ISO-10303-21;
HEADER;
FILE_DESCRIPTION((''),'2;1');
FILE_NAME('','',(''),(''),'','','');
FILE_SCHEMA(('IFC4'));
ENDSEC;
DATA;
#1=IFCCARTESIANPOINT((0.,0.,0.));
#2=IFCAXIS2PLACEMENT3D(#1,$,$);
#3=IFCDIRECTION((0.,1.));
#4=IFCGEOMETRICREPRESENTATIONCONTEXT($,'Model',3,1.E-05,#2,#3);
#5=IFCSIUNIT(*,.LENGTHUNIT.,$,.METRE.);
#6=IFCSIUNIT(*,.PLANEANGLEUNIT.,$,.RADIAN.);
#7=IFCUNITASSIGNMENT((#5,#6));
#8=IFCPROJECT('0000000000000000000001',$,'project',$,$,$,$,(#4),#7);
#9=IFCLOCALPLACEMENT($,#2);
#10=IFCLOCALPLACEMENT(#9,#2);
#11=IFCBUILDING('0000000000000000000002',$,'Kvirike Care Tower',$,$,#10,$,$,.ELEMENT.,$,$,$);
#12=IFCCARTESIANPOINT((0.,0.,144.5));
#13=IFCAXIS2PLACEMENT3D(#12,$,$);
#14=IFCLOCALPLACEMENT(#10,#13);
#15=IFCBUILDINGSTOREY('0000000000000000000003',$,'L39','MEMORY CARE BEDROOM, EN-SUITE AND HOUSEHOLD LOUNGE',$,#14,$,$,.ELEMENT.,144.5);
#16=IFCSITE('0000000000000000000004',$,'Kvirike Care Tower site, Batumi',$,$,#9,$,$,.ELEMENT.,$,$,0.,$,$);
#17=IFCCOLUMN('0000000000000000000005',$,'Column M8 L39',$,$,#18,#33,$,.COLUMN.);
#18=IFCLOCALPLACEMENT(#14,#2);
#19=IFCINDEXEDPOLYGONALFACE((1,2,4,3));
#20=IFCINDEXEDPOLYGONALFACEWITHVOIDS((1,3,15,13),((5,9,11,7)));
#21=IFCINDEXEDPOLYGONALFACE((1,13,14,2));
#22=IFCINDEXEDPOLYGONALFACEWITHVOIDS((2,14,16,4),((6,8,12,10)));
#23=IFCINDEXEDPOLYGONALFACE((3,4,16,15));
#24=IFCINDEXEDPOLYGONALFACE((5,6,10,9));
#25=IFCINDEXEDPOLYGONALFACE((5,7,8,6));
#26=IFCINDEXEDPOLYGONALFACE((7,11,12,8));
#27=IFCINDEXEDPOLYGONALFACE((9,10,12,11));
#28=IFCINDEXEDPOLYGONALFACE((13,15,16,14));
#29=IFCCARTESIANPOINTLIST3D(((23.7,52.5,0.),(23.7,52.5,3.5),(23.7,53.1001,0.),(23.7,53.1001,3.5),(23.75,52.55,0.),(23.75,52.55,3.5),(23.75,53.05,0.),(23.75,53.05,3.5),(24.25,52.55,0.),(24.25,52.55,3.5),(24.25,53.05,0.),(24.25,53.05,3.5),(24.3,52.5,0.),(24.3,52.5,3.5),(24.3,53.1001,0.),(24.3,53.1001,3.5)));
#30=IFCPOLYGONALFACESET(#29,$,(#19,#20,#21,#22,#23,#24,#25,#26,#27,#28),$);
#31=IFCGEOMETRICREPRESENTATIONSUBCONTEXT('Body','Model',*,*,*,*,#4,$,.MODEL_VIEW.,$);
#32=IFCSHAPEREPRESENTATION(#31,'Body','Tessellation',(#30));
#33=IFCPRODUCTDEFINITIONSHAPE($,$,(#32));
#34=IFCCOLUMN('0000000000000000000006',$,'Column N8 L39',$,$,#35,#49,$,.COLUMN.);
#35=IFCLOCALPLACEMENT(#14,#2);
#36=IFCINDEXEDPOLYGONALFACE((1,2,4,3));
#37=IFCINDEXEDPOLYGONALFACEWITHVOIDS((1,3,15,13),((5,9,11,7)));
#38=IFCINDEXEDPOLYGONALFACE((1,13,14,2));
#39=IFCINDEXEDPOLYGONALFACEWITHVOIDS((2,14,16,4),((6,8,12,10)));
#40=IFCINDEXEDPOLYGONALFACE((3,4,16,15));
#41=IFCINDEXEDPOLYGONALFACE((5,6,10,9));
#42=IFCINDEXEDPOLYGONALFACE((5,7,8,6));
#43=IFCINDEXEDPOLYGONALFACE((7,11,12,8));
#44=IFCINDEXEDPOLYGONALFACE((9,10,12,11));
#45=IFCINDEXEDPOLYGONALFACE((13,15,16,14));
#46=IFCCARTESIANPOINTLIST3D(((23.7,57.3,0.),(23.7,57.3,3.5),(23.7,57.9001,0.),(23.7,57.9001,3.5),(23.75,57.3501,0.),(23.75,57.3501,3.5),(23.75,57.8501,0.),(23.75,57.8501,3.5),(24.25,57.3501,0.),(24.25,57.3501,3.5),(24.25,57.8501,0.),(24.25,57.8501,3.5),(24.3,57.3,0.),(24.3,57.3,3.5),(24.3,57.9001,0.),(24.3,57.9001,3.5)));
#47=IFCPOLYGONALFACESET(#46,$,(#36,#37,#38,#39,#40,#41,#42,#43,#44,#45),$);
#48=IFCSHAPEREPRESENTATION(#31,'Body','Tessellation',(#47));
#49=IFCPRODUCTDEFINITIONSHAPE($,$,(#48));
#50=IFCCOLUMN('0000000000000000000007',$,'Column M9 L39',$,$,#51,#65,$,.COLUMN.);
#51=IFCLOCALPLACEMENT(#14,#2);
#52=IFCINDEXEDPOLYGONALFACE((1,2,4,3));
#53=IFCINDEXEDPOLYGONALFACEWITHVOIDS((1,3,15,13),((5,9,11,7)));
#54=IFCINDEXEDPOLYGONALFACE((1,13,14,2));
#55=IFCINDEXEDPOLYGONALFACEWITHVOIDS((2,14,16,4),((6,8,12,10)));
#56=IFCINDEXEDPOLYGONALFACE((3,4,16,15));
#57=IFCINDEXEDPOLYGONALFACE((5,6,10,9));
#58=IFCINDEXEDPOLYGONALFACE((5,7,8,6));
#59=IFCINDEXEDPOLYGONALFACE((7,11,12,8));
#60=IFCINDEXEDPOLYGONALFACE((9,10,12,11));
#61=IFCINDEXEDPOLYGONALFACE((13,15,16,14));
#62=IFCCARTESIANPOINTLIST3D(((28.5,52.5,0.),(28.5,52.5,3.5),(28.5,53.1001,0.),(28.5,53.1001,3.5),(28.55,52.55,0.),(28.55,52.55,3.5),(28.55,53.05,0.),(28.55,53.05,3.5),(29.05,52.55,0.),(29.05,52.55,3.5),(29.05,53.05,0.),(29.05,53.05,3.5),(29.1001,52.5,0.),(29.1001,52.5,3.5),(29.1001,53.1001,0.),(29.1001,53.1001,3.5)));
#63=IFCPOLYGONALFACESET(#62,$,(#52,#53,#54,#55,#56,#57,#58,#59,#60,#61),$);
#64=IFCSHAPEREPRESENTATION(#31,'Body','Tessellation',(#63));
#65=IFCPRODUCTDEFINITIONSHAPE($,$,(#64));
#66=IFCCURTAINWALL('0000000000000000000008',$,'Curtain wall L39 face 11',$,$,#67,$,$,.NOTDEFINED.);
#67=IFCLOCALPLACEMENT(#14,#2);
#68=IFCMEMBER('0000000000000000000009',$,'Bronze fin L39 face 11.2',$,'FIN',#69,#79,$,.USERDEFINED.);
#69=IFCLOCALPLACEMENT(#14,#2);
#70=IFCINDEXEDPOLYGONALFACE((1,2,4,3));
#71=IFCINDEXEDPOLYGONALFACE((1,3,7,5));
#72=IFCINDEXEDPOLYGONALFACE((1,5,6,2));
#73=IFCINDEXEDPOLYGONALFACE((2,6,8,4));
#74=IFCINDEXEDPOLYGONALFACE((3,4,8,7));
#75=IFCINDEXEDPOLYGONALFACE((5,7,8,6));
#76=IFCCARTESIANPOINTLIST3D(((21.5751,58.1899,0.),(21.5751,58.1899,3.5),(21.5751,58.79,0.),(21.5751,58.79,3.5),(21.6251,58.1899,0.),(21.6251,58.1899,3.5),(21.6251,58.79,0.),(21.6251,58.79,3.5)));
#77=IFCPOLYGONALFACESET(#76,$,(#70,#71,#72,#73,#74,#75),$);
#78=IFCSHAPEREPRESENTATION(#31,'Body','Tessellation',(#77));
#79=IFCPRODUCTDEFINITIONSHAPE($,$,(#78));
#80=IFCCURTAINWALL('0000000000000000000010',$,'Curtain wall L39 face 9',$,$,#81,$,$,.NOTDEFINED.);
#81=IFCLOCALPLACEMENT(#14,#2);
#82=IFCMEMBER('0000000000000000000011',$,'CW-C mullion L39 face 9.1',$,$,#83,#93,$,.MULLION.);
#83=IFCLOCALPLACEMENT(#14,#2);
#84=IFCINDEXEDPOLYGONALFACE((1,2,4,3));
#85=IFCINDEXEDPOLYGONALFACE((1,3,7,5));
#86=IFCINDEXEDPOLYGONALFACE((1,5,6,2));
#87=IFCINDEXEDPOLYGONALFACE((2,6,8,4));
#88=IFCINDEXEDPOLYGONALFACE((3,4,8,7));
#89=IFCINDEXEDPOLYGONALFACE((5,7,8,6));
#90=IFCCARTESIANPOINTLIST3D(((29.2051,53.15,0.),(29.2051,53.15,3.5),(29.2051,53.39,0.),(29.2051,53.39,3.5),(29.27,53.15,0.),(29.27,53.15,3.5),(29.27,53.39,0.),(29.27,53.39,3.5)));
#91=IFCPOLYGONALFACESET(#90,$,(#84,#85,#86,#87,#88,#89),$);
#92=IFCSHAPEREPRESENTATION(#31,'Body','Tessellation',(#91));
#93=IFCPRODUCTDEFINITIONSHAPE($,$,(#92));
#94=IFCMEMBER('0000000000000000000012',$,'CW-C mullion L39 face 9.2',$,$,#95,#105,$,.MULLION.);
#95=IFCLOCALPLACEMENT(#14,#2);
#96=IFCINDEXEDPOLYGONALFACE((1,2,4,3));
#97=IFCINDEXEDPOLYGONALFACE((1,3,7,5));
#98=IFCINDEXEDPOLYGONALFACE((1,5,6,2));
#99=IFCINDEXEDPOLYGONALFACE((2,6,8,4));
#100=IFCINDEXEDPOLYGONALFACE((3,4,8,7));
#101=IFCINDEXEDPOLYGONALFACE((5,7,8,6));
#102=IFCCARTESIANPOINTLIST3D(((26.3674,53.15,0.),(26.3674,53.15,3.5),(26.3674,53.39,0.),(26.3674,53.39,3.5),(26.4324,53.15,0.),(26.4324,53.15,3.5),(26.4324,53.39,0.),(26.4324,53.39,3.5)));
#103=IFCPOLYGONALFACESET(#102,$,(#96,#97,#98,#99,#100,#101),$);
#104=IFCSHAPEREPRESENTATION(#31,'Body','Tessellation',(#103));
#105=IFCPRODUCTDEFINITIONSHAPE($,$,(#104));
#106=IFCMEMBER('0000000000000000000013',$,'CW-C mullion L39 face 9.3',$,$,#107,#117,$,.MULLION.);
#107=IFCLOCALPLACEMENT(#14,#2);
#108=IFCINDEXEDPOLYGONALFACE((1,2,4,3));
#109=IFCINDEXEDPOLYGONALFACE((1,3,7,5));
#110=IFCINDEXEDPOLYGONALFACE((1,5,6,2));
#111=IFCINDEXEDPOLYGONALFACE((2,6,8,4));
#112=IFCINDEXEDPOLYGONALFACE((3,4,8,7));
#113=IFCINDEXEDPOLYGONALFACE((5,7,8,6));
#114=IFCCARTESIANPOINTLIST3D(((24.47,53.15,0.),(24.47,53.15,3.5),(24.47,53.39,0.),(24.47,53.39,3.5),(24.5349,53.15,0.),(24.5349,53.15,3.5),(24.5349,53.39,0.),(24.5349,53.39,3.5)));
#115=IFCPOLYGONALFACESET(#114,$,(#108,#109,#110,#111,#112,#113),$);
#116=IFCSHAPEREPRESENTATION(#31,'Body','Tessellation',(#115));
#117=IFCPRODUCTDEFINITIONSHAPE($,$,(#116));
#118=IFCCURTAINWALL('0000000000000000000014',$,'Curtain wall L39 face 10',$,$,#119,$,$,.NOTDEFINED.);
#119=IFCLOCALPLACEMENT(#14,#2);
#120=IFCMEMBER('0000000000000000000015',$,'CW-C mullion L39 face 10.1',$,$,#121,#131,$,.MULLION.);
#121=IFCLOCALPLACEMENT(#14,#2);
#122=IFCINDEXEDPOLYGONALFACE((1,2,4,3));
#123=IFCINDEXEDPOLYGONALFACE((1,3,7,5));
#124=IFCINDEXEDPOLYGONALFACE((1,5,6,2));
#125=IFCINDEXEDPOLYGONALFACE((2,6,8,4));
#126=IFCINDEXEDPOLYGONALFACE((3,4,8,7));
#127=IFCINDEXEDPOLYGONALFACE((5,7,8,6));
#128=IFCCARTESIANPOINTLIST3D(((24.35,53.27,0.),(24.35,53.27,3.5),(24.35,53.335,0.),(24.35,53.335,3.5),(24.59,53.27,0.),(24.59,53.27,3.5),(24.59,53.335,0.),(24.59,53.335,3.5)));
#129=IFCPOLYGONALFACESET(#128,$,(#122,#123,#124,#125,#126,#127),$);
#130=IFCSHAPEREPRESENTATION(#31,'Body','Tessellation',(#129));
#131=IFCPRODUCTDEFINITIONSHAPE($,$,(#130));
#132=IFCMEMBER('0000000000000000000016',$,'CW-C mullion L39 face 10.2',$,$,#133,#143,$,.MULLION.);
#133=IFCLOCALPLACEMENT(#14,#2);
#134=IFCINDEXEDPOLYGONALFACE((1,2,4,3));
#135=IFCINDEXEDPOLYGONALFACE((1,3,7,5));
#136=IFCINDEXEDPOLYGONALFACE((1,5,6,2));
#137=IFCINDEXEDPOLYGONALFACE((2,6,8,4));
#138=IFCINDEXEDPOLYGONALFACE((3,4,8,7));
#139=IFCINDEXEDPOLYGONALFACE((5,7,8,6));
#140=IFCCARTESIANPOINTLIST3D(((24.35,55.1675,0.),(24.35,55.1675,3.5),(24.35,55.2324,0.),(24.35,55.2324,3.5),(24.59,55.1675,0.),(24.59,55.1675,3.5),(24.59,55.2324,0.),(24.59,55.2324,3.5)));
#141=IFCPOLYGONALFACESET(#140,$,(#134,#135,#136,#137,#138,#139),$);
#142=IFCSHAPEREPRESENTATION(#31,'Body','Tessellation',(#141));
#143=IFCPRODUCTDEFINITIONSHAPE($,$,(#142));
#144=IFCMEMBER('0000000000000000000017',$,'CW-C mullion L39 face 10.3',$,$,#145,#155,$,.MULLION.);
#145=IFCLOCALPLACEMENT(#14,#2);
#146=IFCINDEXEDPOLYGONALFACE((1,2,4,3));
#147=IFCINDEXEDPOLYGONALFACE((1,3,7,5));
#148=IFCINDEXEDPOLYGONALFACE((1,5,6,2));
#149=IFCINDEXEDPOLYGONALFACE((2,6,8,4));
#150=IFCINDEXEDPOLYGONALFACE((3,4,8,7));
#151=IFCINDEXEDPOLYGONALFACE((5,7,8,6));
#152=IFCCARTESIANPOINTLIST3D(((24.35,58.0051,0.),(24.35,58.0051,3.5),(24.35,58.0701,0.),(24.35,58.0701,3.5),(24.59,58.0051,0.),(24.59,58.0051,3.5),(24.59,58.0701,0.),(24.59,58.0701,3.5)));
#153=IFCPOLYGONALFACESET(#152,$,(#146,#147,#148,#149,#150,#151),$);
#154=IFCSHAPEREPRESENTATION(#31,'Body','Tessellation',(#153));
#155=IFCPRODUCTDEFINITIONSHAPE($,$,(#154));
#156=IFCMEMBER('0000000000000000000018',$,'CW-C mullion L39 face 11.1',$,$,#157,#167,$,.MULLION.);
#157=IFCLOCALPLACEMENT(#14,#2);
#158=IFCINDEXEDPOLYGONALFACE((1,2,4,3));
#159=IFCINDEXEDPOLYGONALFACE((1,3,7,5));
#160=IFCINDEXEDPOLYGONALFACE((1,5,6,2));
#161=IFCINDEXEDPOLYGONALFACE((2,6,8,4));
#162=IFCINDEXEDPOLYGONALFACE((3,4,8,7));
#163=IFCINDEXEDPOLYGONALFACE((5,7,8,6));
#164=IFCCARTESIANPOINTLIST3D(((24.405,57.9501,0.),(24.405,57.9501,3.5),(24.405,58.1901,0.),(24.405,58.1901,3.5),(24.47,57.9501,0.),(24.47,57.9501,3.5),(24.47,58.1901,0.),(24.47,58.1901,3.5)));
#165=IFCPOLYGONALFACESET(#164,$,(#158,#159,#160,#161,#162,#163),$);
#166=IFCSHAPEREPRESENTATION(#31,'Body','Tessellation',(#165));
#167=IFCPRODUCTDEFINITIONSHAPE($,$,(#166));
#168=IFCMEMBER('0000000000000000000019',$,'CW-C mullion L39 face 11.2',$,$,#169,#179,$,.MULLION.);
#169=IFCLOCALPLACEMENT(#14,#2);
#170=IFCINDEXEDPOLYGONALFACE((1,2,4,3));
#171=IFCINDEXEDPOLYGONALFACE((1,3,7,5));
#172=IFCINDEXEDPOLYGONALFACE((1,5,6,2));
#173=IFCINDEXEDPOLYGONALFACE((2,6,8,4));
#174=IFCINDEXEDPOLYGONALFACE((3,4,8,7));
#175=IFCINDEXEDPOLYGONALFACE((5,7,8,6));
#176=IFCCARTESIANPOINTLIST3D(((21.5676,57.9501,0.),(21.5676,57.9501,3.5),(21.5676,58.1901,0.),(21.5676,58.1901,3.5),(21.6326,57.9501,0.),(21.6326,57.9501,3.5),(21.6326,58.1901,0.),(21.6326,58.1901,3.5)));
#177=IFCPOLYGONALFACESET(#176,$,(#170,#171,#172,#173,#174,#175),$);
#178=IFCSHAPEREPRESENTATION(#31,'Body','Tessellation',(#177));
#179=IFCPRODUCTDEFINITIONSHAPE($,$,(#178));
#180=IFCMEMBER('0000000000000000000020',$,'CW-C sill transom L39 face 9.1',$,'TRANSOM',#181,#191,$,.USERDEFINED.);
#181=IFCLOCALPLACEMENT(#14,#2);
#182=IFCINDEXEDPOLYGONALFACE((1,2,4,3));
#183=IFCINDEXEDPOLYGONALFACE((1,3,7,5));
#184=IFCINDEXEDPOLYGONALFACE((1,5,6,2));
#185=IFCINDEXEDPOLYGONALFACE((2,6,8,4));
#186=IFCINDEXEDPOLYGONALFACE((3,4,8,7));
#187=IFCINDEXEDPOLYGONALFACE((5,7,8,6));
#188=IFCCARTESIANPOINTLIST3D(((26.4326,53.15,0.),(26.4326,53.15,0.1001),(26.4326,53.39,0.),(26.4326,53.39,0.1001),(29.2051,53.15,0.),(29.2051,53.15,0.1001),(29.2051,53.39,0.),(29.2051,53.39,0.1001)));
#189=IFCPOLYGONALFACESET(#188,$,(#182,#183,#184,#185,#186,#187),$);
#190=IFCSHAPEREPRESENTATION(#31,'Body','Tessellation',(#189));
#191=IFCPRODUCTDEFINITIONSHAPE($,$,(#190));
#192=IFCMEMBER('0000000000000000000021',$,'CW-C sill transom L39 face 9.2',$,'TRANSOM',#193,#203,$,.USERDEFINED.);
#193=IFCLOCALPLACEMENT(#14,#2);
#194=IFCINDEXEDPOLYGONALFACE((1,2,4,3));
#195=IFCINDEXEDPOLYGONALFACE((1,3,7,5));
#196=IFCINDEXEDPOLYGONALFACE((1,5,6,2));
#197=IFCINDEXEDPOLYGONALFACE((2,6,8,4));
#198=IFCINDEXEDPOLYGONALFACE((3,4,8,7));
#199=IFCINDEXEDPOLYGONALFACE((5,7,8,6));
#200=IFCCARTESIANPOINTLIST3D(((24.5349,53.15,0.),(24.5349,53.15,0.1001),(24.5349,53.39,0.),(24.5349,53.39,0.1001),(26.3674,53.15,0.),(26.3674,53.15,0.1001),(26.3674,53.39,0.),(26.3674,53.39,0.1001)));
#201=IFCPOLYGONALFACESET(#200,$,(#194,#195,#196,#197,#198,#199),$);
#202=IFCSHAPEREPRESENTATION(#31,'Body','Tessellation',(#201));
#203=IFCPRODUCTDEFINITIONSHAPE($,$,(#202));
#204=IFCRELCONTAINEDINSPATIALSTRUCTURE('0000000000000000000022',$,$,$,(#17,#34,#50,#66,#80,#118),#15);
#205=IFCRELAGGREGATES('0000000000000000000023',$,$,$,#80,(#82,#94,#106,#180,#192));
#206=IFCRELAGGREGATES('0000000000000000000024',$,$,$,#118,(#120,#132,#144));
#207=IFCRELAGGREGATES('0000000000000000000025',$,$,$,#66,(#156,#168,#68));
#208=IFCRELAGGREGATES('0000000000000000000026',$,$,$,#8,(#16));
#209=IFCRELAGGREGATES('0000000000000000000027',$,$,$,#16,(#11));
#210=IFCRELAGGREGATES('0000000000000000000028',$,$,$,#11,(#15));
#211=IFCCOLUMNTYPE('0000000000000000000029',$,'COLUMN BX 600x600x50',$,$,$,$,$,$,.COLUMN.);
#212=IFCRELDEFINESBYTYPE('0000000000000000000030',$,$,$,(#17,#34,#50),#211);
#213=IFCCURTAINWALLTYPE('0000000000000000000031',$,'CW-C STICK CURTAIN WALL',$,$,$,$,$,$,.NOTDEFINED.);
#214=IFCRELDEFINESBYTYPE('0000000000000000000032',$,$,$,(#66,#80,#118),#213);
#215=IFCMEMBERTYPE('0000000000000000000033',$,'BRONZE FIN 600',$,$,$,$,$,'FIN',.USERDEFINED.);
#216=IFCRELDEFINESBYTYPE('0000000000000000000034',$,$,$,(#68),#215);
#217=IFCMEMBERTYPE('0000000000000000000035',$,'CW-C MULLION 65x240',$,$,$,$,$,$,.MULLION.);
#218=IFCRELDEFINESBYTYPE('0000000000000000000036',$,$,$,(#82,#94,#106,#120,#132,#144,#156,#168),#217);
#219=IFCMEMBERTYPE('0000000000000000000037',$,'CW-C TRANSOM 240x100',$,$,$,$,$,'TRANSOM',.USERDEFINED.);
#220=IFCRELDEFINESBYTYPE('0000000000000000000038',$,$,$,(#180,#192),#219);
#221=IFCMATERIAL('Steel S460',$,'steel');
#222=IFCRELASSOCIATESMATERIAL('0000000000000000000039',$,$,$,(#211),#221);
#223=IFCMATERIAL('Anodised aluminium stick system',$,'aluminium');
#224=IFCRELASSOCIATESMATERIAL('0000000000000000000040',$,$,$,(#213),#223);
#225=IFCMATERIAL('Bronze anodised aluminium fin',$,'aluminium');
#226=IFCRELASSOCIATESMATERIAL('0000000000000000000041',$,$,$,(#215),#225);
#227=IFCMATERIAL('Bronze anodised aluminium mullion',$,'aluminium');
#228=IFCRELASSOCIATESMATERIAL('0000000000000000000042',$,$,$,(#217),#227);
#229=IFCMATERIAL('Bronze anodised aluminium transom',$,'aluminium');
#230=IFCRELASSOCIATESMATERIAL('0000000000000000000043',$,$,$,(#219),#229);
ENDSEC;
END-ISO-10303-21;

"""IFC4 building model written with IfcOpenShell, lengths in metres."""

from ifc_helpers import new_model, si_unit, direction, frame, origin, origin_2d, place, context, subcontext, project, spatial, rectangle, hollow_rectangle, extrude, material, material_profile, profile_set, type_object, element, aggregate, save


model = new_model("IFC4")

# Units and contexts
model_context = context("Model", 3, precision=1e-05, world=origin(), true_north=direction((0.0, 1.0)))
body_context = subcontext(model_context, "Body", "Model", "MODEL_VIEW")
ifc_project = project(units=[si_unit("LENGTHUNIT", "METRE"), si_unit("PLANEANGLEUNIT", "RADIAN")], contexts=[model_context])

# Site, building, storey
site_placement = place(None, origin())
site = spatial("IfcSite", under=ifc_project, at=site_placement, Name="Kvirike Care Tower site, Batumi", CompositionType="ELEMENT", RefElevation=0.0)
building_placement = place(site_placement, origin())
building = spatial("IfcBuilding", under=site, at=building_placement, Name="Kvirike Care Tower", CompositionType="ELEMENT")
storey_placement = place(building_placement, frame((0.0, 0.0, 144.5)))
storey = spatial("IfcBuildingStorey", under=building, at=storey_placement, Name="L39", Description="MEMORY CARE BEDROOM, EN-SUITE AND HOUSEHOLD LOUNGE", CompositionType="ELEMENT", Elevation=144.5)

# Columns
ifc_material_1 = material(Name="Steel S460", Category="steel")
ifc_material_profile_1 = material_profile(ifc_material_1, hollow_rectangle(XDim=0.6001, YDim=0.6001, WallThickness=0.05, at=origin_2d()), Name="BX 600x600x50")
ifc_profile_set_1 = profile_set([ifc_material_profile_1], Name="Steel S460")
column_type = type_object("IfcColumnType", Name="COLUMN BX 600x600x50", PredefinedType="COLUMN", material=ifc_profile_set_1)
for number, where, z_axis, x_axis, name in (
    (1, (24.0, 52.8, 0.0), (0.0, 0.0, 1.0), (0.0, 1.0, 0.0), "Column M8 L39"),
    (2, (24.0, 57.6001, 0.0), (0.0, 0.0, 1.0), (0.0, 1.0, 0.0), "Column N8 L39"),
    (3, (28.8, 52.8, 0.0), (0.0, 0.0, 1.0), (0.0, 1.0, 0.0), "Column M9 L39"),
):
    element("IfcColumn", number, at=place(storey_placement, frame(where, z_axis=z_axis, x_axis=x_axis)), inside=storey, type_object=column_type, Name=name, PredefinedType="COLUMN", context=body_context, shape_type="SweptSolid", body=[
        extrude(hollow_rectangle(XDim=0.6001, YDim=0.6001, WallThickness=0.05, at=origin_2d()), origin(), (0.0, 0.0, 1.0), 3.5),
    ])

# Curtain wall, member
ifc_material_2 = material(Name="Anodised aluminium stick system", Category="aluminium")
curtain_wall_type = type_object("IfcCurtainWallType", Name="CW-C STICK CURTAIN WALL", PredefinedType="NOTDEFINED", material=ifc_material_2)
curtain_wall_1_placement = place(storey_placement, origin())
curtain_wall_1 = element("IfcCurtainWall", 4, at=curtain_wall_1_placement, inside=storey, type_object=curtain_wall_type, Name="Curtain wall L39 face 11", PredefinedType="NOTDEFINED")
ifc_material_3 = material(Name="Bronze anodised aluminium fin", Category="aluminium")
ifc_material_profile_2 = material_profile(ifc_material_3, rectangle(XDim=0.05, YDim=0.6001, at=origin_2d()), Name="BRONZE FIN 600")
ifc_profile_set_2 = profile_set([ifc_material_profile_2], Name="Bronze anodised aluminium fin")
member_type_1 = type_object("IfcMemberType", Name="BRONZE FIN 600", ElementType="FIN", PredefinedType="USERDEFINED", material=ifc_profile_set_2)
member_1_placement = place(storey_placement, frame((21.6001, 58.49, 0.0), z_axis=(0.0, 0.0, 1.0), x_axis=(-1.0, 0.0, 0.0)))
member_1 = element("IfcMember", 5, at=member_1_placement, type_object=member_type_1, Name="Bronze fin L39 face 11.2", ObjectType="FIN", PredefinedType="USERDEFINED", context=body_context, shape_type="SweptSolid", body=[
    extrude(rectangle(XDim=0.05, YDim=0.6001, at=origin_2d()), origin(), (0.0, 0.0, 1.0), 3.5),
])

# Curtain walls, members
curtain_wall_2_placement = place(storey_placement, origin())
curtain_wall_2 = element("IfcCurtainWall", 6, at=curtain_wall_2_placement, inside=storey, type_object=curtain_wall_type, Name="Curtain wall L39 face 9", PredefinedType="NOTDEFINED")
ifc_material_4 = material(Name="Bronze anodised aluminium mullion", Category="aluminium")
ifc_material_profile_3 = material_profile(ifc_material_4, rectangle(XDim=0.0649, YDim=0.24, at=origin_2d()), Name="CW-C MULLION 65x240")
ifc_profile_set_3 = profile_set([ifc_material_profile_3], Name="Bronze anodised aluminium mullion")
member_type_2 = type_object("IfcMemberType", Name="CW-C MULLION 65x240", PredefinedType="MULLION", material=ifc_profile_set_3)
member_2_placement = place(storey_placement, frame((29.2375, 53.27, 0.0), z_axis=(0.0, 0.0, 1.0), x_axis=(-1.0, 0.0, 0.0)))
member_2 = element("IfcMember", 7, at=member_2_placement, type_object=member_type_2, Name="CW-C mullion L39 face 9.1", PredefinedType="MULLION", context=body_context, shape_type="SweptSolid", body=[
    extrude(rectangle(XDim=0.0649, YDim=0.24, at=origin_2d()), origin(), (0.0, 0.0, 1.0), 3.5),
])
member_3_placement = place(storey_placement, frame((26.3999, 53.27, 0.0), z_axis=(0.0, 0.0, 1.0), x_axis=(-1.0, 0.0, 0.0)))
member_3 = element("IfcMember", 8, at=member_3_placement, type_object=member_type_2, Name="CW-C mullion L39 face 9.2", PredefinedType="MULLION", context=body_context, shape_type="SweptSolid", body=[
    extrude(rectangle(XDim=0.0649, YDim=0.24, at=origin_2d()), origin(), (0.0, 0.0, 1.0), 3.5),
])
member_4_placement = place(storey_placement, frame((24.5024, 53.27, 0.0), z_axis=(0.0, 0.0, 1.0), x_axis=(-1.0, 0.0, 0.0)))
member_4 = element("IfcMember", 9, at=member_4_placement, type_object=member_type_2, Name="CW-C mullion L39 face 9.3", PredefinedType="MULLION", context=body_context, shape_type="SweptSolid", body=[
    extrude(rectangle(XDim=0.0649, YDim=0.24, at=origin_2d()), origin(), (0.0, 0.0, 1.0), 3.5),
])
curtain_wall_3_placement = place(storey_placement, origin())
curtain_wall_3 = element("IfcCurtainWall", 10, at=curtain_wall_3_placement, inside=storey, type_object=curtain_wall_type, Name="Curtain wall L39 face 10", PredefinedType="NOTDEFINED")
member_5_placement = place(storey_placement, frame((24.47, 53.3025, 0.0), z_axis=(0.0, 0.0, 1.0), x_axis=(0.0, 1.0, 0.0)))
member_5 = element("IfcMember", 11, at=member_5_placement, type_object=member_type_2, Name="CW-C mullion L39 face 10.1", PredefinedType="MULLION", context=body_context, shape_type="SweptSolid", body=[
    extrude(rectangle(XDim=0.0649, YDim=0.24, at=origin_2d()), origin(), (0.0, 0.0, 1.0), 3.5),
])
member_6_placement = place(storey_placement, frame((24.47, 55.2, 0.0), z_axis=(0.0, 0.0, 1.0), x_axis=(0.0, 1.0, 0.0)))
member_6 = element("IfcMember", 12, at=member_6_placement, type_object=member_type_2, Name="CW-C mullion L39 face 10.2", PredefinedType="MULLION", context=body_context, shape_type="SweptSolid", body=[
    extrude(rectangle(XDim=0.0649, YDim=0.24, at=origin_2d()), origin(), (0.0, 0.0, 1.0), 3.5),
])
member_7_placement = place(storey_placement, frame((24.47, 58.0376, 0.0), z_axis=(0.0, 0.0, 1.0), x_axis=(0.0, 1.0, 0.0)))
member_7 = element("IfcMember", 13, at=member_7_placement, type_object=member_type_2, Name="CW-C mullion L39 face 10.3", PredefinedType="MULLION", context=body_context, shape_type="SweptSolid", body=[
    extrude(rectangle(XDim=0.0649, YDim=0.24, at=origin_2d()), origin(), (0.0, 0.0, 1.0), 3.5),
])

# Members
member_8_placement = place(storey_placement, frame((24.4375, 58.0701, 0.0), z_axis=(0.0, 0.0, 1.0), x_axis=(-1.0, 0.0, 0.0)))
member_8 = element("IfcMember", 14, at=member_8_placement, type_object=member_type_2, Name="CW-C mullion L39 face 11.1", PredefinedType="MULLION", context=body_context, shape_type="SweptSolid", body=[
    extrude(rectangle(XDim=0.0649, YDim=0.24, at=origin_2d()), origin(), (0.0, 0.0, 1.0), 3.5),
])
member_9_placement = place(storey_placement, frame((21.6001, 58.0701, 0.0), z_axis=(0.0, 0.0, 1.0), x_axis=(-1.0, 0.0, 0.0)))
member_9 = element("IfcMember", 15, at=member_9_placement, type_object=member_type_2, Name="CW-C mullion L39 face 11.2", PredefinedType="MULLION", context=body_context, shape_type="SweptSolid", body=[
    extrude(rectangle(XDim=0.0649, YDim=0.24, at=origin_2d()), origin(), (0.0, 0.0, 1.0), 3.5),
])
ifc_material_5 = material(Name="Bronze anodised aluminium transom", Category="aluminium")
ifc_material_profile_4 = material_profile(ifc_material_5, rectangle(XDim=0.24, YDim=0.1001, at=origin_2d()), Name="CW-C TRANSOM 240x100")
ifc_profile_set_4 = profile_set([ifc_material_profile_4], Name="Bronze anodised aluminium transom")
member_type_3 = type_object("IfcMemberType", Name="CW-C TRANSOM 240x100", ElementType="TRANSOM", PredefinedType="USERDEFINED", material=ifc_profile_set_4)
member_10_placement = place(storey_placement, frame((29.2051, 53.27, 0.05), z_axis=(-1.0, 0.0, 0.0), x_axis=(0.0, -1.0, 0.0)))
member_10 = element("IfcMember", 16, at=member_10_placement, type_object=member_type_3, Name="CW-C sill transom L39 face 9.1", ObjectType="TRANSOM", PredefinedType="USERDEFINED", context=body_context, shape_type="SweptSolid", body=[
    extrude(rectangle(XDim=0.24, YDim=0.1001, at=origin_2d()), origin(), (0.0, 0.0, 1.0), 2.7725),
])
member_11_placement = place(storey_placement, frame((26.3674, 53.27, 0.05), z_axis=(-1.0, 0.0, 0.0), x_axis=(0.0, -1.0, 0.0)))
member_11 = element("IfcMember", 17, at=member_11_placement, type_object=member_type_3, Name="CW-C sill transom L39 face 9.2", ObjectType="TRANSOM", PredefinedType="USERDEFINED", context=body_context, shape_type="SweptSolid", body=[
    extrude(rectangle(XDim=0.24, YDim=0.1001, at=origin_2d()), origin(), (0.0, 0.0, 1.0), 1.8325),
])

aggregate(curtain_wall_2, [member_2, member_3, member_4, member_10, member_11])
aggregate(curtain_wall_3, [member_5, member_6, member_7])
aggregate(curtain_wall_1, [member_8, member_9, member_1])

save(model, "model.ifc")
